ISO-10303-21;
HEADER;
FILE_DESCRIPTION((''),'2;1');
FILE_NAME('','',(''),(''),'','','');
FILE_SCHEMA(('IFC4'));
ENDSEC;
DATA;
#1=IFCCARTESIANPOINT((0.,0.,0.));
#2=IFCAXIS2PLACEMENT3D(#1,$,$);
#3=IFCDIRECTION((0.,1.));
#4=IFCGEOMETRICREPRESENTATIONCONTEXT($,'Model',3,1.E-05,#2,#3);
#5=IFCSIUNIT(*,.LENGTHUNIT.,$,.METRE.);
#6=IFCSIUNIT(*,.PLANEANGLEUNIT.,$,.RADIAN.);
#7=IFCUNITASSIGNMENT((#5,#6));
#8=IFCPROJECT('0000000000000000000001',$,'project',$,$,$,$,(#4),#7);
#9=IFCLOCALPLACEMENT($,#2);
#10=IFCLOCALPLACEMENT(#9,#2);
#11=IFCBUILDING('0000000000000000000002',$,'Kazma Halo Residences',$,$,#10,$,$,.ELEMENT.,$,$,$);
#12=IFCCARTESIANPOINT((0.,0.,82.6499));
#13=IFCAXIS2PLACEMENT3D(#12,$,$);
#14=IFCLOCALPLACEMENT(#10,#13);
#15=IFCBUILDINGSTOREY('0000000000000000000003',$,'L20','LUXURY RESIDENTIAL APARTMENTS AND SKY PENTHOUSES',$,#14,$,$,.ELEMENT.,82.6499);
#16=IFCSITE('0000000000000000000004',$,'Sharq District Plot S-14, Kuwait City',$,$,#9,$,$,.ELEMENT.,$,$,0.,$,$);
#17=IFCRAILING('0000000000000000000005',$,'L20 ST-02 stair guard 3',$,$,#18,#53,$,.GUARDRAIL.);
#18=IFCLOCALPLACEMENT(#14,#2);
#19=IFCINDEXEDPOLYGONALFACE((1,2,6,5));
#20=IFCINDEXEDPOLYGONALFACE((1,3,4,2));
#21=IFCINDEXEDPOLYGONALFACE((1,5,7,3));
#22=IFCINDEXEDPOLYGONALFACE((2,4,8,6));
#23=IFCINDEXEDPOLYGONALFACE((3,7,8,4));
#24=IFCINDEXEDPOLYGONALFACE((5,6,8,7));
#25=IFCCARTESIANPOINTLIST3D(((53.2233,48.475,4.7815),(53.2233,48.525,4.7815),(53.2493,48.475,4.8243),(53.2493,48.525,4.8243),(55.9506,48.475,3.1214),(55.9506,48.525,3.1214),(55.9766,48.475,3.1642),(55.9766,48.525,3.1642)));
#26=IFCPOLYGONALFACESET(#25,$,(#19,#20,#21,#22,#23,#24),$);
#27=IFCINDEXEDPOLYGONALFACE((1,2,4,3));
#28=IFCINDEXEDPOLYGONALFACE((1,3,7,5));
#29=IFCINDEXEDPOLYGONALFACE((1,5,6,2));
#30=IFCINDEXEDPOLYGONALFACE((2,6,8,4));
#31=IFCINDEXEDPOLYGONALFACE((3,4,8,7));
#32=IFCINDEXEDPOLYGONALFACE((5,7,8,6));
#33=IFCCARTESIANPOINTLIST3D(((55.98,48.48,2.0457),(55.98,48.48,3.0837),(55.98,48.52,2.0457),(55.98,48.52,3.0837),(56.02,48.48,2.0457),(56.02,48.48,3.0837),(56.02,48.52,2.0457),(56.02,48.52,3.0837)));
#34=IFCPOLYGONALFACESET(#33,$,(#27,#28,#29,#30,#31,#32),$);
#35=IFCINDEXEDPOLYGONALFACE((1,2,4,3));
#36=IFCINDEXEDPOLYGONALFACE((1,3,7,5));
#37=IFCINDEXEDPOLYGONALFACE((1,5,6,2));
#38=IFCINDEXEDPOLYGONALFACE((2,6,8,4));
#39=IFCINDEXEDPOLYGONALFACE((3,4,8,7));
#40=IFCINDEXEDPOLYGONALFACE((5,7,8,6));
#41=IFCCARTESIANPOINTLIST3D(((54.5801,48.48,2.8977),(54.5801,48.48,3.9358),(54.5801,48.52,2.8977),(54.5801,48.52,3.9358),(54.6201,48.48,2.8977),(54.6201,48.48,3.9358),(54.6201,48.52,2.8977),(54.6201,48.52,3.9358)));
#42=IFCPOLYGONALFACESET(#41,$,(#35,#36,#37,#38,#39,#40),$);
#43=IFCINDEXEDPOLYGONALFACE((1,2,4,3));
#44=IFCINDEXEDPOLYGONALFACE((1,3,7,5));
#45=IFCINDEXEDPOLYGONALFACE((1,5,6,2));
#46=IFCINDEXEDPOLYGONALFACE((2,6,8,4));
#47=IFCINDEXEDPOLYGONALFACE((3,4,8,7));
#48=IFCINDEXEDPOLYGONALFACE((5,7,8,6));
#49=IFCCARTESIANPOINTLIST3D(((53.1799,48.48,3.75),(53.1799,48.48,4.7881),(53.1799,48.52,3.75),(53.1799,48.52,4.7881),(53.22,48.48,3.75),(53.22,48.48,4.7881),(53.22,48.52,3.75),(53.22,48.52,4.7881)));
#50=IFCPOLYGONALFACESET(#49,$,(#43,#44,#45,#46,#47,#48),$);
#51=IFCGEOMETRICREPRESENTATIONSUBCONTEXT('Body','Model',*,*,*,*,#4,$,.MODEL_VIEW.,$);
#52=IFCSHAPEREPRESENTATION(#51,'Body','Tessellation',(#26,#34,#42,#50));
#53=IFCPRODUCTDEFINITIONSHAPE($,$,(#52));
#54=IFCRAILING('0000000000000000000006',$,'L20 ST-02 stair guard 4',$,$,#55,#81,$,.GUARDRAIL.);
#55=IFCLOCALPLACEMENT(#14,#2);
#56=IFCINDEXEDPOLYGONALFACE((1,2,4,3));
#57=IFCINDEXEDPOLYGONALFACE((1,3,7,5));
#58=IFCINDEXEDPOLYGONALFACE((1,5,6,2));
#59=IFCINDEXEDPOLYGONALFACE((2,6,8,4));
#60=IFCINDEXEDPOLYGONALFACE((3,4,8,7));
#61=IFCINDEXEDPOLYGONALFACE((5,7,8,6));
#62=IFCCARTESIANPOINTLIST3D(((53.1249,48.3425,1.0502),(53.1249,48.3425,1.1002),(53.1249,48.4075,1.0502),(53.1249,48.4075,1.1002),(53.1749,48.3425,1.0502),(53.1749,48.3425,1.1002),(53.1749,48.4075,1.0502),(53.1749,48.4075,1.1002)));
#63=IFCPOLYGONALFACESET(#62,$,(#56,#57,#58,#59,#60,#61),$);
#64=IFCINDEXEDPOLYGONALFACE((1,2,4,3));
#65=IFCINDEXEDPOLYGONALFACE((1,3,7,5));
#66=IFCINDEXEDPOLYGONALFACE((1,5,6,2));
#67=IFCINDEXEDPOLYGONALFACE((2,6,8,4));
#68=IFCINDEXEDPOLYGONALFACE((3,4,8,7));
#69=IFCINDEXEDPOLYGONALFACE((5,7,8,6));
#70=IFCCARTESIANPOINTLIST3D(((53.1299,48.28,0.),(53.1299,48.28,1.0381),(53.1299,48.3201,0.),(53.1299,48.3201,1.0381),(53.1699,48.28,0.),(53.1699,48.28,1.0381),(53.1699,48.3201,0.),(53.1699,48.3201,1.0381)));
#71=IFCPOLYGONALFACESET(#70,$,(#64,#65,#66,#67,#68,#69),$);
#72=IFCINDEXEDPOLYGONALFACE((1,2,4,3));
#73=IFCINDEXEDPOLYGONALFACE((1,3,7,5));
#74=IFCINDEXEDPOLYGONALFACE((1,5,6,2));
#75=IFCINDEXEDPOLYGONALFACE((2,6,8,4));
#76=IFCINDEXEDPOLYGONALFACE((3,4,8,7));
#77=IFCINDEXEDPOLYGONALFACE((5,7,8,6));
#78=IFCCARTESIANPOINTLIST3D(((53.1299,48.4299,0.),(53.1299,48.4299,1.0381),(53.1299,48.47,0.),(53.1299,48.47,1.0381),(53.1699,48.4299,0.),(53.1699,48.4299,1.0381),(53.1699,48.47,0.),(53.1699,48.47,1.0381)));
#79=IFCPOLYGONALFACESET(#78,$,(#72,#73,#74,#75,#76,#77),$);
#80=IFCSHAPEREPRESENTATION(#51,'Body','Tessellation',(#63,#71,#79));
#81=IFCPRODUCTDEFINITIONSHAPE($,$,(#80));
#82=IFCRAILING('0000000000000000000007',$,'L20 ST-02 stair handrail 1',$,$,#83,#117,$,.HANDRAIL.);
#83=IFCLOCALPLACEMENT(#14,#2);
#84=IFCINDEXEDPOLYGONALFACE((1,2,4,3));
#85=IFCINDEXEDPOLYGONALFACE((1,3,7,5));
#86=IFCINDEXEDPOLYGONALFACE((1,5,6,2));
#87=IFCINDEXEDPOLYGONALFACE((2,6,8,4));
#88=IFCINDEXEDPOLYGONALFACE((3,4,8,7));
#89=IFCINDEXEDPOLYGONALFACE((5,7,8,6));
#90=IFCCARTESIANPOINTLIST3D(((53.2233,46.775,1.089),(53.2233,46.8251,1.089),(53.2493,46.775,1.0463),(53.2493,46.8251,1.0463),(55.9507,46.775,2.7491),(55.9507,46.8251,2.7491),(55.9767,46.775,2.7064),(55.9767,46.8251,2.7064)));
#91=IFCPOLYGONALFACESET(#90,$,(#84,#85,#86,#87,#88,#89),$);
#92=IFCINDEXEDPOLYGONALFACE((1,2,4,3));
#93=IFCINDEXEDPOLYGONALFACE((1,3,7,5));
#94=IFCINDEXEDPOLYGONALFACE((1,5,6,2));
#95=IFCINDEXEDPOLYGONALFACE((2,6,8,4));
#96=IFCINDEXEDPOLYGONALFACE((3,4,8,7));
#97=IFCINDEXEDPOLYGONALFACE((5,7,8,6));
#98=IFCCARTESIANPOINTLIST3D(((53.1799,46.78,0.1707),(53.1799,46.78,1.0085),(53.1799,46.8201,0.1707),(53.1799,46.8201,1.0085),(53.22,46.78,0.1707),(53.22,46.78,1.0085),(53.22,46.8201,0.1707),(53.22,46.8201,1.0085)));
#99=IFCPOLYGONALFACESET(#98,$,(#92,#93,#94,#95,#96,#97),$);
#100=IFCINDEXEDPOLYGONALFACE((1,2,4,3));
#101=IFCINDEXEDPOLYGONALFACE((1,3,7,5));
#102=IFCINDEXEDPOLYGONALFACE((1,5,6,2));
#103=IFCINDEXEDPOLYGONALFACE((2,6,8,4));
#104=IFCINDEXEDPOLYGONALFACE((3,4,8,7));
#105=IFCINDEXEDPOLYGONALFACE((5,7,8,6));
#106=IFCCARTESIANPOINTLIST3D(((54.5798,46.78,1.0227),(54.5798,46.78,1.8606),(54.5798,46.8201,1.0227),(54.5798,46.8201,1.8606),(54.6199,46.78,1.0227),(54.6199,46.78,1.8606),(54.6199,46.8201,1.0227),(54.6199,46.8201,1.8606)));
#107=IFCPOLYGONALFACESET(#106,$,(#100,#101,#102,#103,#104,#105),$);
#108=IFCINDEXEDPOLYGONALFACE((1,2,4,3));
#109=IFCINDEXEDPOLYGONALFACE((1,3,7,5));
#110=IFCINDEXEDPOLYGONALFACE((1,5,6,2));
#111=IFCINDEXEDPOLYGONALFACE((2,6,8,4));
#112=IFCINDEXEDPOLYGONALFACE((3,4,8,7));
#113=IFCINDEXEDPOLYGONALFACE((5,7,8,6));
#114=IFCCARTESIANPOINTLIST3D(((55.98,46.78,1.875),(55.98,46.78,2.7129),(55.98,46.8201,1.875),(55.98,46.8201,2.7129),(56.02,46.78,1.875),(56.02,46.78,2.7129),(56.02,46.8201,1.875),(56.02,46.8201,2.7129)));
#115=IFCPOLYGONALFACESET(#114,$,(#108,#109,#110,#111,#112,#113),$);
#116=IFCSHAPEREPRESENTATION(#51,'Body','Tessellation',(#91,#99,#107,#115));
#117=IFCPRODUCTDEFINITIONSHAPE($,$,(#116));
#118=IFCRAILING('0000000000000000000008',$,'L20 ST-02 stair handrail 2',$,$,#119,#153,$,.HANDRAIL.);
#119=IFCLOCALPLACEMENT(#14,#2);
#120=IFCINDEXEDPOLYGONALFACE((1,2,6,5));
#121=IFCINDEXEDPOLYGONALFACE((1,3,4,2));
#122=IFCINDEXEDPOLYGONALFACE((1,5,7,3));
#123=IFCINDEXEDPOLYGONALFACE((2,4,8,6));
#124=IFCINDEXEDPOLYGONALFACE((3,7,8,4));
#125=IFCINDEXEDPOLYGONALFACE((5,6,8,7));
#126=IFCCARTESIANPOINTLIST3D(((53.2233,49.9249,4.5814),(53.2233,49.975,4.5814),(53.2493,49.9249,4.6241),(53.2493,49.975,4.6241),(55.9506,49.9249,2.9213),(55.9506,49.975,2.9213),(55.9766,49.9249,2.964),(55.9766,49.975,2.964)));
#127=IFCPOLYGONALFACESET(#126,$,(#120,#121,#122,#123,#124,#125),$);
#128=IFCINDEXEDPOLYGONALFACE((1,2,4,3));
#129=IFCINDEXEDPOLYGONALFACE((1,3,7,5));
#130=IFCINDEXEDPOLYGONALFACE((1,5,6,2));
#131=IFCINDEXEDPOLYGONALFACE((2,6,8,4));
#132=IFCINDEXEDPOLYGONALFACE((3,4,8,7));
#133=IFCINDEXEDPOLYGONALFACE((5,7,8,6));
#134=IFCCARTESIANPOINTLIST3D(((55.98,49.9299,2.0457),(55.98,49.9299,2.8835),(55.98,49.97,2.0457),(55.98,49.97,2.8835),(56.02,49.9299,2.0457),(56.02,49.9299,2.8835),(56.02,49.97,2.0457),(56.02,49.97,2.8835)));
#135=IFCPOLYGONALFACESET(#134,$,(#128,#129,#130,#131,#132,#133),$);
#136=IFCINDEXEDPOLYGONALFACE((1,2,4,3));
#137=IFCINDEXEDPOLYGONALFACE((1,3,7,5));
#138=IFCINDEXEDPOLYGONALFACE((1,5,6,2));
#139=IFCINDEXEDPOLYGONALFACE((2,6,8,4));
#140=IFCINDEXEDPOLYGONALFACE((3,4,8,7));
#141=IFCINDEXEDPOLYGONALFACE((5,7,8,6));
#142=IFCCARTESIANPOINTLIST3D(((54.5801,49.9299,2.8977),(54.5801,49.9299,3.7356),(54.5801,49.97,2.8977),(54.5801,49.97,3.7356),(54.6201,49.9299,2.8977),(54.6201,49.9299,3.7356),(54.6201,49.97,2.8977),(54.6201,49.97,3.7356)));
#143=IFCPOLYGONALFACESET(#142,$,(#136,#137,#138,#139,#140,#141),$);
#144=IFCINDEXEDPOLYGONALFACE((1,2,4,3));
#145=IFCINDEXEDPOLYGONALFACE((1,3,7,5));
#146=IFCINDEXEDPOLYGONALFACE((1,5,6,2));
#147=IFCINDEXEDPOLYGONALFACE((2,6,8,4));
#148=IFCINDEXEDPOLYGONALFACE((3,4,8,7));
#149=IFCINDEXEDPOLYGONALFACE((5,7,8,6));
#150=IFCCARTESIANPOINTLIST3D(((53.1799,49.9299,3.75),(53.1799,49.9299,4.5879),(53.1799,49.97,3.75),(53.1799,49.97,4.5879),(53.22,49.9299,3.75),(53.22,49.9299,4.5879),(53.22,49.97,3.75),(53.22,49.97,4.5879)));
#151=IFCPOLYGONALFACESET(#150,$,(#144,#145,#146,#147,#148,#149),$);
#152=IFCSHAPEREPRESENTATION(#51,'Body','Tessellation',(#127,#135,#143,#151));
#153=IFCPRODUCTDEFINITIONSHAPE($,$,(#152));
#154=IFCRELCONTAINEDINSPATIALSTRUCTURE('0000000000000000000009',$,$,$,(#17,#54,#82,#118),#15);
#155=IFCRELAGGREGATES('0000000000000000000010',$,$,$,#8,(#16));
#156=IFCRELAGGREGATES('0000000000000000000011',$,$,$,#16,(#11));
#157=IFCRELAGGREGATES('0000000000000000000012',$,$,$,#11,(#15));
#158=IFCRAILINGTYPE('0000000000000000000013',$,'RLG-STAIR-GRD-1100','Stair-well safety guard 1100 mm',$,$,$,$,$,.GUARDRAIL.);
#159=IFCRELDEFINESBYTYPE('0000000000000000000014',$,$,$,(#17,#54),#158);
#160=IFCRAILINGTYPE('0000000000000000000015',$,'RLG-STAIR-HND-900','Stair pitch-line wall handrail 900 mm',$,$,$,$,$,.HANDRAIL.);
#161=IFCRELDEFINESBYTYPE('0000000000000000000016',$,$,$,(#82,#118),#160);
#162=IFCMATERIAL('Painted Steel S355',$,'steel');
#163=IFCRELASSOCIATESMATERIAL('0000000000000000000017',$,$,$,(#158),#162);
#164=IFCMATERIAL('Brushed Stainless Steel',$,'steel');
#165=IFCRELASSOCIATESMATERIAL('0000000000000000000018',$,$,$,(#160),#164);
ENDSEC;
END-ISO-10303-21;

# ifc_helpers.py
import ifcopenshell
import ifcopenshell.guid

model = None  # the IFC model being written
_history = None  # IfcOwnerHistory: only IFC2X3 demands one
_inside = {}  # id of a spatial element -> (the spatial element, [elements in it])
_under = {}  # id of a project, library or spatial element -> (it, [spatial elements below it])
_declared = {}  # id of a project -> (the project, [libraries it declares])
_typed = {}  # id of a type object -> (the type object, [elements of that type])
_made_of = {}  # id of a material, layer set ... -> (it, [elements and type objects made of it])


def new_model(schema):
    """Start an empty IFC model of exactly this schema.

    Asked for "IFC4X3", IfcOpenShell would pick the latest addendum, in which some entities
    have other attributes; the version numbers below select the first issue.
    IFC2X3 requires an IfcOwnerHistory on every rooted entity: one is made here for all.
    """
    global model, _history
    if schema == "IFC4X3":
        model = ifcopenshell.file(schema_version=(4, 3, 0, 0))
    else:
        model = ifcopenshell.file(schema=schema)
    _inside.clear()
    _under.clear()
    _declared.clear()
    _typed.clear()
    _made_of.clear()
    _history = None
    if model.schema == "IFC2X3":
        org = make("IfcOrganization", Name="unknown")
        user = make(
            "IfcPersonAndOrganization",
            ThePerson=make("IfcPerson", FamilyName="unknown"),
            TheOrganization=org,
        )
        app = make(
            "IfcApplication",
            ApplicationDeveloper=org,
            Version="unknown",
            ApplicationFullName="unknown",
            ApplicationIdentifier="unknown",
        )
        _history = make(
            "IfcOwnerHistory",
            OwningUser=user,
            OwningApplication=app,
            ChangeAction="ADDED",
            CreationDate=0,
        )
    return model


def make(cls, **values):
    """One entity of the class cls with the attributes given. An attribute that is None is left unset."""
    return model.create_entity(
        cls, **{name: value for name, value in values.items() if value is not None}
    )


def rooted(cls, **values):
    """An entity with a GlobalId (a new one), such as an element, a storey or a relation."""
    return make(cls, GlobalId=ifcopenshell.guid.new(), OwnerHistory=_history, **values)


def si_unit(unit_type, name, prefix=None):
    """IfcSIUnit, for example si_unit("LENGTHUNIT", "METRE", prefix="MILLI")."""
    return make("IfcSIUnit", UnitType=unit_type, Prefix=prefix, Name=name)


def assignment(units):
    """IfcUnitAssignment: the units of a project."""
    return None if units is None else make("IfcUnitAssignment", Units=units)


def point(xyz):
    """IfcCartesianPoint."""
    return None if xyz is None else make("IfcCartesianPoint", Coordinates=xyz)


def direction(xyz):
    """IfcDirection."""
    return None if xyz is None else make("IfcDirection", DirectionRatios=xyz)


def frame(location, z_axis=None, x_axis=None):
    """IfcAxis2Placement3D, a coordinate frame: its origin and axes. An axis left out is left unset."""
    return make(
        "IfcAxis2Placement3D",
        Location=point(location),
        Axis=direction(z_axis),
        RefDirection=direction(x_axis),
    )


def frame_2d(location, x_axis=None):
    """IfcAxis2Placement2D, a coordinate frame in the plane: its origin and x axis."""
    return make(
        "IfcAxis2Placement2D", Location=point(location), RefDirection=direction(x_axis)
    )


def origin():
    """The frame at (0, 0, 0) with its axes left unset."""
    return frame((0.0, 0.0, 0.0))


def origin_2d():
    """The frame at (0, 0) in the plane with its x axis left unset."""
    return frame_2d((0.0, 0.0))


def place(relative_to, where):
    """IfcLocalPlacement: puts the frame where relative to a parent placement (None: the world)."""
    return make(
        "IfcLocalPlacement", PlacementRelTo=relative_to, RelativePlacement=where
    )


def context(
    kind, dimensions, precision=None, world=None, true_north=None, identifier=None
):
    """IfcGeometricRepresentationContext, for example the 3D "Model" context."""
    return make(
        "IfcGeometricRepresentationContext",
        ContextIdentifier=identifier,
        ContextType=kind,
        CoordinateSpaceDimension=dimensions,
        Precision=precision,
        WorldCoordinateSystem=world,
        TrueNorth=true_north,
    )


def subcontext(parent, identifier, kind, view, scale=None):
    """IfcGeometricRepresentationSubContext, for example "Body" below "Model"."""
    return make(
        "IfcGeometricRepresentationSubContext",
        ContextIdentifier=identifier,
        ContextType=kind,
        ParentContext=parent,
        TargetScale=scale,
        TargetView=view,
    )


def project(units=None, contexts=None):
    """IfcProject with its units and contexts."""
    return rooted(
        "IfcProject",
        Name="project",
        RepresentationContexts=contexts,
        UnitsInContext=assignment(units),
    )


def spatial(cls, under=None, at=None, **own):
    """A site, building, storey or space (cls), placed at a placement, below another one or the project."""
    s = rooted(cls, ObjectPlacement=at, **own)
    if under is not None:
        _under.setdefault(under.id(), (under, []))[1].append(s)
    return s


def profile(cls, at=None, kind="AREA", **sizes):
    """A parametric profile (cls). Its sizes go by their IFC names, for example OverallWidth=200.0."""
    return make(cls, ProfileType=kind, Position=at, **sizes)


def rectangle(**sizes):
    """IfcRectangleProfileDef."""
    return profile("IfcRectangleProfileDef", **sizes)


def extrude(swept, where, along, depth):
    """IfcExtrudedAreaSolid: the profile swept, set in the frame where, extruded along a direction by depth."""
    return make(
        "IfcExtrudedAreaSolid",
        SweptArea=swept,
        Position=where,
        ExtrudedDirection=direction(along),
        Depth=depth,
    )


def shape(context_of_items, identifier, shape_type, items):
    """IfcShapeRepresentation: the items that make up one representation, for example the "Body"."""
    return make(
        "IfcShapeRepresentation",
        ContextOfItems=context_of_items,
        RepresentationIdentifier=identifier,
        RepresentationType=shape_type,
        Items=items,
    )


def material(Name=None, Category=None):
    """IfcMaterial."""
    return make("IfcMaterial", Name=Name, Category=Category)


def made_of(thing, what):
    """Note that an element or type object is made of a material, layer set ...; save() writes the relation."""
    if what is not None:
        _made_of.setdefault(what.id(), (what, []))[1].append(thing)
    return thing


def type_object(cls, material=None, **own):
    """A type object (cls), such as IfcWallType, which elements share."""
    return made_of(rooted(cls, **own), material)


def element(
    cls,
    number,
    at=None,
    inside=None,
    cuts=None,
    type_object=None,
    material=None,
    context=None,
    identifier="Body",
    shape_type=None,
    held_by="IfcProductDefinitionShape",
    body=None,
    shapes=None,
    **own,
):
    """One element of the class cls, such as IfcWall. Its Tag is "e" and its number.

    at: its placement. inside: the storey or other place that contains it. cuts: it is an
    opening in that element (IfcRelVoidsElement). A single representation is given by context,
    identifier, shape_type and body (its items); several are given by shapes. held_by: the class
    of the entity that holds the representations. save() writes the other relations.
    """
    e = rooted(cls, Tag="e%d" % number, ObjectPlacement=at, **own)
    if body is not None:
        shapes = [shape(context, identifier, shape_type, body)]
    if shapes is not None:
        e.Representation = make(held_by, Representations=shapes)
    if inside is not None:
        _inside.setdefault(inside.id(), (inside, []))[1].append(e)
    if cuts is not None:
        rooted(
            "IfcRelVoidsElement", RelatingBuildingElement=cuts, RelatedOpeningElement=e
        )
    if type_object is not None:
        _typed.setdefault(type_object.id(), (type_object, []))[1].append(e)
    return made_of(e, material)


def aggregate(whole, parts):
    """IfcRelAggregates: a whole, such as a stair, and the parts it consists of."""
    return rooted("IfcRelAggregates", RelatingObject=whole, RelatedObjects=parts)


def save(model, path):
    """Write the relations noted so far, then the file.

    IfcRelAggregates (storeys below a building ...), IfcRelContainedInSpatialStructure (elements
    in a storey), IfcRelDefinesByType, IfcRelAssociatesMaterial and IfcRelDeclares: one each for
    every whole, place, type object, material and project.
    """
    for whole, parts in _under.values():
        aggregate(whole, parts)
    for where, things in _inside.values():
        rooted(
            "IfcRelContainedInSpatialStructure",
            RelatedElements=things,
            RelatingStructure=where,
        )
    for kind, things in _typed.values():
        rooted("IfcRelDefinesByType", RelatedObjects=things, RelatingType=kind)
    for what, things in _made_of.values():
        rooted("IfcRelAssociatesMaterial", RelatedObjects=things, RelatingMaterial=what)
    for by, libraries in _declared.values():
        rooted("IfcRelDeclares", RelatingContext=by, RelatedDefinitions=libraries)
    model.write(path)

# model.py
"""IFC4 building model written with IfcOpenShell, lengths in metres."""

from ifc_helpers import new_model, si_unit, direction, frame, origin, origin_2d, place, context, subcontext, project, spatial, rectangle, extrude, material, type_object, element, save


model = new_model("IFC4")

# Units and contexts
model_context = context("Model", 3, precision=1e-05, world=origin(), true_north=direction((0.0, 1.0)))
body_context = subcontext(model_context, "Body", "Model", "MODEL_VIEW")
ifc_project = project(units=[si_unit("LENGTHUNIT", "METRE"), si_unit("PLANEANGLEUNIT", "RADIAN")], contexts=[model_context])

# Site, building, storey
site_placement = place(None, origin())
site = spatial("IfcSite", under=ifc_project, at=site_placement, Name="Sharq District Plot S-14, Kuwait City", CompositionType="ELEMENT", RefElevation=0.0)
building_placement = place(site_placement, origin())
building = spatial("IfcBuilding", under=site, at=building_placement, Name="Kazma Halo Residences", CompositionType="ELEMENT")
storey_placement = place(building_placement, frame((0.0, 0.0, 82.6499)))
storey = spatial("IfcBuildingStorey", under=building, at=storey_placement, Name="L20", Description="LUXURY RESIDENTIAL APARTMENTS AND SKY PENTHOUSES", CompositionType="ELEMENT", Elevation=82.6499)

# Railings
ifc_material_1 = material(Name="Painted Steel S355", Category="steel")
railing_type_1 = type_object("IfcRailingType", Name="RLG-STAIR-GRD-1100", Description="Stair-well safety guard 1100 mm", PredefinedType="GUARDRAIL", material=ifc_material_1)
railing_1_placement = place(storey_placement, frame((56.0, 48.5, 2.0457)))
element("IfcRailing", 1, at=railing_1_placement, inside=storey, type_object=railing_type_1, Name="L20 ST-02 stair guard 3", PredefinedType="GUARDRAIL", context=body_context, shape_type="SweptSolid", body=[
    extrude(rectangle(XDim=0.05, YDim=0.05, at=origin_2d()), frame((-0.0364, 0.0, 1.0972), z_axis=(-0.854203, 0.0, 0.51994), x_axis=(0.0, -1.0, 0.0)), (0.0, 0.0, 1.0), 3.1929),
    extrude(rectangle(XDim=0.04, YDim=0.04, at=origin_2d()), origin(), (0.0, 0.0, 1.0), 1.0381),
    extrude(rectangle(XDim=0.04, YDim=0.04, at=origin_2d()), frame((-1.3999, 0.0, 0.8521)), (0.0, 0.0, 1.0), 1.0381),
    extrude(rectangle(XDim=0.04, YDim=0.04, at=origin_2d()), frame((-2.8, 0.0, 1.7043)), (0.0, 0.0, 1.0), 1.0381),
])
railing_2_placement = place(storey_placement, frame((53.1499, 48.3, 0.0)))
element("IfcRailing", 2, at=railing_2_placement, inside=storey, type_object=railing_type_1, Name="L20 ST-02 stair guard 4", PredefinedType="GUARDRAIL", context=body_context, shape_type="SweptSolid", body=[
    extrude(rectangle(XDim=0.05, YDim=0.05, at=origin_2d()), frame((0.0, 0.0425, 1.0752), z_axis=(0.0, 1.0, 0.0), x_axis=(-1.0, 0.0, 0.0)), (0.0, 0.0, 1.0), 0.0649),
    extrude(rectangle(XDim=0.04, YDim=0.04, at=origin_2d()), origin(), (0.0, 0.0, 1.0), 1.0381),
    extrude(rectangle(XDim=0.04, YDim=0.04, at=origin_2d()), frame((0.0, 0.1499, 0.0)), (0.0, 0.0, 1.0), 1.0381),
])
ifc_material_2 = material(Name="Brushed Stainless Steel", Category="steel")
railing_type_2 = type_object("IfcRailingType", Name="RLG-STAIR-HND-900", Description="Stair pitch-line wall handrail 900 mm", PredefinedType="HANDRAIL", material=ifc_material_2)
railing_3_placement = place(storey_placement, frame((53.2, 46.8, 0.1707)))
element("IfcRailing", 3, at=railing_3_placement, inside=storey, type_object=railing_type_2, Name="L20 ST-02 stair handrail 1", PredefinedType="HANDRAIL", context=body_context, shape_type="SweptSolid", body=[
    extrude(rectangle(XDim=0.05, YDim=0.05, at=origin_2d()), frame((0.0364, 0.0, 0.897), z_axis=(0.854203, 0.0, 0.51994), x_axis=(0.0, 1.0, 0.0)), (0.0, 0.0, 1.0), 3.1929),
    extrude(rectangle(XDim=0.04, YDim=0.04, at=origin_2d()), origin(), (0.0, 0.0, 1.0), 0.8379),
    extrude(rectangle(XDim=0.04, YDim=0.04, at=origin_2d()), frame((1.3999, 0.0, 0.8521)), (0.0, 0.0, 1.0), 0.8379),
    extrude(rectangle(XDim=0.04, YDim=0.04, at=origin_2d()), frame((2.8, 0.0, 1.7043)), (0.0, 0.0, 1.0), 0.8379),
])
railing_4_placement = place(storey_placement, frame((56.0, 49.95, 2.0457)))
element("IfcRailing", 4, at=railing_4_placement, inside=storey, type_object=railing_type_2, Name="L20 ST-02 stair handrail 2", PredefinedType="HANDRAIL", context=body_context, shape_type="SweptSolid", body=[
    extrude(rectangle(XDim=0.05, YDim=0.05, at=origin_2d()), frame((-0.0364, 0.0, 0.897), z_axis=(-0.854203, 0.0, 0.51994), x_axis=(0.0, -1.0, 0.0)), (0.0, 0.0, 1.0), 3.1929),
    extrude(rectangle(XDim=0.04, YDim=0.04, at=origin_2d()), origin(), (0.0, 0.0, 1.0), 0.8379),
    extrude(rectangle(XDim=0.04, YDim=0.04, at=origin_2d()), frame((-1.3999, 0.0, 0.8521)), (0.0, 0.0, 1.0), 0.8379),
    extrude(rectangle(XDim=0.04, YDim=0.04, at=origin_2d()), frame((-2.8, 0.0, 1.7043)), (0.0, 0.0, 1.0), 0.8379),
])

save(model, "model.ifc")
